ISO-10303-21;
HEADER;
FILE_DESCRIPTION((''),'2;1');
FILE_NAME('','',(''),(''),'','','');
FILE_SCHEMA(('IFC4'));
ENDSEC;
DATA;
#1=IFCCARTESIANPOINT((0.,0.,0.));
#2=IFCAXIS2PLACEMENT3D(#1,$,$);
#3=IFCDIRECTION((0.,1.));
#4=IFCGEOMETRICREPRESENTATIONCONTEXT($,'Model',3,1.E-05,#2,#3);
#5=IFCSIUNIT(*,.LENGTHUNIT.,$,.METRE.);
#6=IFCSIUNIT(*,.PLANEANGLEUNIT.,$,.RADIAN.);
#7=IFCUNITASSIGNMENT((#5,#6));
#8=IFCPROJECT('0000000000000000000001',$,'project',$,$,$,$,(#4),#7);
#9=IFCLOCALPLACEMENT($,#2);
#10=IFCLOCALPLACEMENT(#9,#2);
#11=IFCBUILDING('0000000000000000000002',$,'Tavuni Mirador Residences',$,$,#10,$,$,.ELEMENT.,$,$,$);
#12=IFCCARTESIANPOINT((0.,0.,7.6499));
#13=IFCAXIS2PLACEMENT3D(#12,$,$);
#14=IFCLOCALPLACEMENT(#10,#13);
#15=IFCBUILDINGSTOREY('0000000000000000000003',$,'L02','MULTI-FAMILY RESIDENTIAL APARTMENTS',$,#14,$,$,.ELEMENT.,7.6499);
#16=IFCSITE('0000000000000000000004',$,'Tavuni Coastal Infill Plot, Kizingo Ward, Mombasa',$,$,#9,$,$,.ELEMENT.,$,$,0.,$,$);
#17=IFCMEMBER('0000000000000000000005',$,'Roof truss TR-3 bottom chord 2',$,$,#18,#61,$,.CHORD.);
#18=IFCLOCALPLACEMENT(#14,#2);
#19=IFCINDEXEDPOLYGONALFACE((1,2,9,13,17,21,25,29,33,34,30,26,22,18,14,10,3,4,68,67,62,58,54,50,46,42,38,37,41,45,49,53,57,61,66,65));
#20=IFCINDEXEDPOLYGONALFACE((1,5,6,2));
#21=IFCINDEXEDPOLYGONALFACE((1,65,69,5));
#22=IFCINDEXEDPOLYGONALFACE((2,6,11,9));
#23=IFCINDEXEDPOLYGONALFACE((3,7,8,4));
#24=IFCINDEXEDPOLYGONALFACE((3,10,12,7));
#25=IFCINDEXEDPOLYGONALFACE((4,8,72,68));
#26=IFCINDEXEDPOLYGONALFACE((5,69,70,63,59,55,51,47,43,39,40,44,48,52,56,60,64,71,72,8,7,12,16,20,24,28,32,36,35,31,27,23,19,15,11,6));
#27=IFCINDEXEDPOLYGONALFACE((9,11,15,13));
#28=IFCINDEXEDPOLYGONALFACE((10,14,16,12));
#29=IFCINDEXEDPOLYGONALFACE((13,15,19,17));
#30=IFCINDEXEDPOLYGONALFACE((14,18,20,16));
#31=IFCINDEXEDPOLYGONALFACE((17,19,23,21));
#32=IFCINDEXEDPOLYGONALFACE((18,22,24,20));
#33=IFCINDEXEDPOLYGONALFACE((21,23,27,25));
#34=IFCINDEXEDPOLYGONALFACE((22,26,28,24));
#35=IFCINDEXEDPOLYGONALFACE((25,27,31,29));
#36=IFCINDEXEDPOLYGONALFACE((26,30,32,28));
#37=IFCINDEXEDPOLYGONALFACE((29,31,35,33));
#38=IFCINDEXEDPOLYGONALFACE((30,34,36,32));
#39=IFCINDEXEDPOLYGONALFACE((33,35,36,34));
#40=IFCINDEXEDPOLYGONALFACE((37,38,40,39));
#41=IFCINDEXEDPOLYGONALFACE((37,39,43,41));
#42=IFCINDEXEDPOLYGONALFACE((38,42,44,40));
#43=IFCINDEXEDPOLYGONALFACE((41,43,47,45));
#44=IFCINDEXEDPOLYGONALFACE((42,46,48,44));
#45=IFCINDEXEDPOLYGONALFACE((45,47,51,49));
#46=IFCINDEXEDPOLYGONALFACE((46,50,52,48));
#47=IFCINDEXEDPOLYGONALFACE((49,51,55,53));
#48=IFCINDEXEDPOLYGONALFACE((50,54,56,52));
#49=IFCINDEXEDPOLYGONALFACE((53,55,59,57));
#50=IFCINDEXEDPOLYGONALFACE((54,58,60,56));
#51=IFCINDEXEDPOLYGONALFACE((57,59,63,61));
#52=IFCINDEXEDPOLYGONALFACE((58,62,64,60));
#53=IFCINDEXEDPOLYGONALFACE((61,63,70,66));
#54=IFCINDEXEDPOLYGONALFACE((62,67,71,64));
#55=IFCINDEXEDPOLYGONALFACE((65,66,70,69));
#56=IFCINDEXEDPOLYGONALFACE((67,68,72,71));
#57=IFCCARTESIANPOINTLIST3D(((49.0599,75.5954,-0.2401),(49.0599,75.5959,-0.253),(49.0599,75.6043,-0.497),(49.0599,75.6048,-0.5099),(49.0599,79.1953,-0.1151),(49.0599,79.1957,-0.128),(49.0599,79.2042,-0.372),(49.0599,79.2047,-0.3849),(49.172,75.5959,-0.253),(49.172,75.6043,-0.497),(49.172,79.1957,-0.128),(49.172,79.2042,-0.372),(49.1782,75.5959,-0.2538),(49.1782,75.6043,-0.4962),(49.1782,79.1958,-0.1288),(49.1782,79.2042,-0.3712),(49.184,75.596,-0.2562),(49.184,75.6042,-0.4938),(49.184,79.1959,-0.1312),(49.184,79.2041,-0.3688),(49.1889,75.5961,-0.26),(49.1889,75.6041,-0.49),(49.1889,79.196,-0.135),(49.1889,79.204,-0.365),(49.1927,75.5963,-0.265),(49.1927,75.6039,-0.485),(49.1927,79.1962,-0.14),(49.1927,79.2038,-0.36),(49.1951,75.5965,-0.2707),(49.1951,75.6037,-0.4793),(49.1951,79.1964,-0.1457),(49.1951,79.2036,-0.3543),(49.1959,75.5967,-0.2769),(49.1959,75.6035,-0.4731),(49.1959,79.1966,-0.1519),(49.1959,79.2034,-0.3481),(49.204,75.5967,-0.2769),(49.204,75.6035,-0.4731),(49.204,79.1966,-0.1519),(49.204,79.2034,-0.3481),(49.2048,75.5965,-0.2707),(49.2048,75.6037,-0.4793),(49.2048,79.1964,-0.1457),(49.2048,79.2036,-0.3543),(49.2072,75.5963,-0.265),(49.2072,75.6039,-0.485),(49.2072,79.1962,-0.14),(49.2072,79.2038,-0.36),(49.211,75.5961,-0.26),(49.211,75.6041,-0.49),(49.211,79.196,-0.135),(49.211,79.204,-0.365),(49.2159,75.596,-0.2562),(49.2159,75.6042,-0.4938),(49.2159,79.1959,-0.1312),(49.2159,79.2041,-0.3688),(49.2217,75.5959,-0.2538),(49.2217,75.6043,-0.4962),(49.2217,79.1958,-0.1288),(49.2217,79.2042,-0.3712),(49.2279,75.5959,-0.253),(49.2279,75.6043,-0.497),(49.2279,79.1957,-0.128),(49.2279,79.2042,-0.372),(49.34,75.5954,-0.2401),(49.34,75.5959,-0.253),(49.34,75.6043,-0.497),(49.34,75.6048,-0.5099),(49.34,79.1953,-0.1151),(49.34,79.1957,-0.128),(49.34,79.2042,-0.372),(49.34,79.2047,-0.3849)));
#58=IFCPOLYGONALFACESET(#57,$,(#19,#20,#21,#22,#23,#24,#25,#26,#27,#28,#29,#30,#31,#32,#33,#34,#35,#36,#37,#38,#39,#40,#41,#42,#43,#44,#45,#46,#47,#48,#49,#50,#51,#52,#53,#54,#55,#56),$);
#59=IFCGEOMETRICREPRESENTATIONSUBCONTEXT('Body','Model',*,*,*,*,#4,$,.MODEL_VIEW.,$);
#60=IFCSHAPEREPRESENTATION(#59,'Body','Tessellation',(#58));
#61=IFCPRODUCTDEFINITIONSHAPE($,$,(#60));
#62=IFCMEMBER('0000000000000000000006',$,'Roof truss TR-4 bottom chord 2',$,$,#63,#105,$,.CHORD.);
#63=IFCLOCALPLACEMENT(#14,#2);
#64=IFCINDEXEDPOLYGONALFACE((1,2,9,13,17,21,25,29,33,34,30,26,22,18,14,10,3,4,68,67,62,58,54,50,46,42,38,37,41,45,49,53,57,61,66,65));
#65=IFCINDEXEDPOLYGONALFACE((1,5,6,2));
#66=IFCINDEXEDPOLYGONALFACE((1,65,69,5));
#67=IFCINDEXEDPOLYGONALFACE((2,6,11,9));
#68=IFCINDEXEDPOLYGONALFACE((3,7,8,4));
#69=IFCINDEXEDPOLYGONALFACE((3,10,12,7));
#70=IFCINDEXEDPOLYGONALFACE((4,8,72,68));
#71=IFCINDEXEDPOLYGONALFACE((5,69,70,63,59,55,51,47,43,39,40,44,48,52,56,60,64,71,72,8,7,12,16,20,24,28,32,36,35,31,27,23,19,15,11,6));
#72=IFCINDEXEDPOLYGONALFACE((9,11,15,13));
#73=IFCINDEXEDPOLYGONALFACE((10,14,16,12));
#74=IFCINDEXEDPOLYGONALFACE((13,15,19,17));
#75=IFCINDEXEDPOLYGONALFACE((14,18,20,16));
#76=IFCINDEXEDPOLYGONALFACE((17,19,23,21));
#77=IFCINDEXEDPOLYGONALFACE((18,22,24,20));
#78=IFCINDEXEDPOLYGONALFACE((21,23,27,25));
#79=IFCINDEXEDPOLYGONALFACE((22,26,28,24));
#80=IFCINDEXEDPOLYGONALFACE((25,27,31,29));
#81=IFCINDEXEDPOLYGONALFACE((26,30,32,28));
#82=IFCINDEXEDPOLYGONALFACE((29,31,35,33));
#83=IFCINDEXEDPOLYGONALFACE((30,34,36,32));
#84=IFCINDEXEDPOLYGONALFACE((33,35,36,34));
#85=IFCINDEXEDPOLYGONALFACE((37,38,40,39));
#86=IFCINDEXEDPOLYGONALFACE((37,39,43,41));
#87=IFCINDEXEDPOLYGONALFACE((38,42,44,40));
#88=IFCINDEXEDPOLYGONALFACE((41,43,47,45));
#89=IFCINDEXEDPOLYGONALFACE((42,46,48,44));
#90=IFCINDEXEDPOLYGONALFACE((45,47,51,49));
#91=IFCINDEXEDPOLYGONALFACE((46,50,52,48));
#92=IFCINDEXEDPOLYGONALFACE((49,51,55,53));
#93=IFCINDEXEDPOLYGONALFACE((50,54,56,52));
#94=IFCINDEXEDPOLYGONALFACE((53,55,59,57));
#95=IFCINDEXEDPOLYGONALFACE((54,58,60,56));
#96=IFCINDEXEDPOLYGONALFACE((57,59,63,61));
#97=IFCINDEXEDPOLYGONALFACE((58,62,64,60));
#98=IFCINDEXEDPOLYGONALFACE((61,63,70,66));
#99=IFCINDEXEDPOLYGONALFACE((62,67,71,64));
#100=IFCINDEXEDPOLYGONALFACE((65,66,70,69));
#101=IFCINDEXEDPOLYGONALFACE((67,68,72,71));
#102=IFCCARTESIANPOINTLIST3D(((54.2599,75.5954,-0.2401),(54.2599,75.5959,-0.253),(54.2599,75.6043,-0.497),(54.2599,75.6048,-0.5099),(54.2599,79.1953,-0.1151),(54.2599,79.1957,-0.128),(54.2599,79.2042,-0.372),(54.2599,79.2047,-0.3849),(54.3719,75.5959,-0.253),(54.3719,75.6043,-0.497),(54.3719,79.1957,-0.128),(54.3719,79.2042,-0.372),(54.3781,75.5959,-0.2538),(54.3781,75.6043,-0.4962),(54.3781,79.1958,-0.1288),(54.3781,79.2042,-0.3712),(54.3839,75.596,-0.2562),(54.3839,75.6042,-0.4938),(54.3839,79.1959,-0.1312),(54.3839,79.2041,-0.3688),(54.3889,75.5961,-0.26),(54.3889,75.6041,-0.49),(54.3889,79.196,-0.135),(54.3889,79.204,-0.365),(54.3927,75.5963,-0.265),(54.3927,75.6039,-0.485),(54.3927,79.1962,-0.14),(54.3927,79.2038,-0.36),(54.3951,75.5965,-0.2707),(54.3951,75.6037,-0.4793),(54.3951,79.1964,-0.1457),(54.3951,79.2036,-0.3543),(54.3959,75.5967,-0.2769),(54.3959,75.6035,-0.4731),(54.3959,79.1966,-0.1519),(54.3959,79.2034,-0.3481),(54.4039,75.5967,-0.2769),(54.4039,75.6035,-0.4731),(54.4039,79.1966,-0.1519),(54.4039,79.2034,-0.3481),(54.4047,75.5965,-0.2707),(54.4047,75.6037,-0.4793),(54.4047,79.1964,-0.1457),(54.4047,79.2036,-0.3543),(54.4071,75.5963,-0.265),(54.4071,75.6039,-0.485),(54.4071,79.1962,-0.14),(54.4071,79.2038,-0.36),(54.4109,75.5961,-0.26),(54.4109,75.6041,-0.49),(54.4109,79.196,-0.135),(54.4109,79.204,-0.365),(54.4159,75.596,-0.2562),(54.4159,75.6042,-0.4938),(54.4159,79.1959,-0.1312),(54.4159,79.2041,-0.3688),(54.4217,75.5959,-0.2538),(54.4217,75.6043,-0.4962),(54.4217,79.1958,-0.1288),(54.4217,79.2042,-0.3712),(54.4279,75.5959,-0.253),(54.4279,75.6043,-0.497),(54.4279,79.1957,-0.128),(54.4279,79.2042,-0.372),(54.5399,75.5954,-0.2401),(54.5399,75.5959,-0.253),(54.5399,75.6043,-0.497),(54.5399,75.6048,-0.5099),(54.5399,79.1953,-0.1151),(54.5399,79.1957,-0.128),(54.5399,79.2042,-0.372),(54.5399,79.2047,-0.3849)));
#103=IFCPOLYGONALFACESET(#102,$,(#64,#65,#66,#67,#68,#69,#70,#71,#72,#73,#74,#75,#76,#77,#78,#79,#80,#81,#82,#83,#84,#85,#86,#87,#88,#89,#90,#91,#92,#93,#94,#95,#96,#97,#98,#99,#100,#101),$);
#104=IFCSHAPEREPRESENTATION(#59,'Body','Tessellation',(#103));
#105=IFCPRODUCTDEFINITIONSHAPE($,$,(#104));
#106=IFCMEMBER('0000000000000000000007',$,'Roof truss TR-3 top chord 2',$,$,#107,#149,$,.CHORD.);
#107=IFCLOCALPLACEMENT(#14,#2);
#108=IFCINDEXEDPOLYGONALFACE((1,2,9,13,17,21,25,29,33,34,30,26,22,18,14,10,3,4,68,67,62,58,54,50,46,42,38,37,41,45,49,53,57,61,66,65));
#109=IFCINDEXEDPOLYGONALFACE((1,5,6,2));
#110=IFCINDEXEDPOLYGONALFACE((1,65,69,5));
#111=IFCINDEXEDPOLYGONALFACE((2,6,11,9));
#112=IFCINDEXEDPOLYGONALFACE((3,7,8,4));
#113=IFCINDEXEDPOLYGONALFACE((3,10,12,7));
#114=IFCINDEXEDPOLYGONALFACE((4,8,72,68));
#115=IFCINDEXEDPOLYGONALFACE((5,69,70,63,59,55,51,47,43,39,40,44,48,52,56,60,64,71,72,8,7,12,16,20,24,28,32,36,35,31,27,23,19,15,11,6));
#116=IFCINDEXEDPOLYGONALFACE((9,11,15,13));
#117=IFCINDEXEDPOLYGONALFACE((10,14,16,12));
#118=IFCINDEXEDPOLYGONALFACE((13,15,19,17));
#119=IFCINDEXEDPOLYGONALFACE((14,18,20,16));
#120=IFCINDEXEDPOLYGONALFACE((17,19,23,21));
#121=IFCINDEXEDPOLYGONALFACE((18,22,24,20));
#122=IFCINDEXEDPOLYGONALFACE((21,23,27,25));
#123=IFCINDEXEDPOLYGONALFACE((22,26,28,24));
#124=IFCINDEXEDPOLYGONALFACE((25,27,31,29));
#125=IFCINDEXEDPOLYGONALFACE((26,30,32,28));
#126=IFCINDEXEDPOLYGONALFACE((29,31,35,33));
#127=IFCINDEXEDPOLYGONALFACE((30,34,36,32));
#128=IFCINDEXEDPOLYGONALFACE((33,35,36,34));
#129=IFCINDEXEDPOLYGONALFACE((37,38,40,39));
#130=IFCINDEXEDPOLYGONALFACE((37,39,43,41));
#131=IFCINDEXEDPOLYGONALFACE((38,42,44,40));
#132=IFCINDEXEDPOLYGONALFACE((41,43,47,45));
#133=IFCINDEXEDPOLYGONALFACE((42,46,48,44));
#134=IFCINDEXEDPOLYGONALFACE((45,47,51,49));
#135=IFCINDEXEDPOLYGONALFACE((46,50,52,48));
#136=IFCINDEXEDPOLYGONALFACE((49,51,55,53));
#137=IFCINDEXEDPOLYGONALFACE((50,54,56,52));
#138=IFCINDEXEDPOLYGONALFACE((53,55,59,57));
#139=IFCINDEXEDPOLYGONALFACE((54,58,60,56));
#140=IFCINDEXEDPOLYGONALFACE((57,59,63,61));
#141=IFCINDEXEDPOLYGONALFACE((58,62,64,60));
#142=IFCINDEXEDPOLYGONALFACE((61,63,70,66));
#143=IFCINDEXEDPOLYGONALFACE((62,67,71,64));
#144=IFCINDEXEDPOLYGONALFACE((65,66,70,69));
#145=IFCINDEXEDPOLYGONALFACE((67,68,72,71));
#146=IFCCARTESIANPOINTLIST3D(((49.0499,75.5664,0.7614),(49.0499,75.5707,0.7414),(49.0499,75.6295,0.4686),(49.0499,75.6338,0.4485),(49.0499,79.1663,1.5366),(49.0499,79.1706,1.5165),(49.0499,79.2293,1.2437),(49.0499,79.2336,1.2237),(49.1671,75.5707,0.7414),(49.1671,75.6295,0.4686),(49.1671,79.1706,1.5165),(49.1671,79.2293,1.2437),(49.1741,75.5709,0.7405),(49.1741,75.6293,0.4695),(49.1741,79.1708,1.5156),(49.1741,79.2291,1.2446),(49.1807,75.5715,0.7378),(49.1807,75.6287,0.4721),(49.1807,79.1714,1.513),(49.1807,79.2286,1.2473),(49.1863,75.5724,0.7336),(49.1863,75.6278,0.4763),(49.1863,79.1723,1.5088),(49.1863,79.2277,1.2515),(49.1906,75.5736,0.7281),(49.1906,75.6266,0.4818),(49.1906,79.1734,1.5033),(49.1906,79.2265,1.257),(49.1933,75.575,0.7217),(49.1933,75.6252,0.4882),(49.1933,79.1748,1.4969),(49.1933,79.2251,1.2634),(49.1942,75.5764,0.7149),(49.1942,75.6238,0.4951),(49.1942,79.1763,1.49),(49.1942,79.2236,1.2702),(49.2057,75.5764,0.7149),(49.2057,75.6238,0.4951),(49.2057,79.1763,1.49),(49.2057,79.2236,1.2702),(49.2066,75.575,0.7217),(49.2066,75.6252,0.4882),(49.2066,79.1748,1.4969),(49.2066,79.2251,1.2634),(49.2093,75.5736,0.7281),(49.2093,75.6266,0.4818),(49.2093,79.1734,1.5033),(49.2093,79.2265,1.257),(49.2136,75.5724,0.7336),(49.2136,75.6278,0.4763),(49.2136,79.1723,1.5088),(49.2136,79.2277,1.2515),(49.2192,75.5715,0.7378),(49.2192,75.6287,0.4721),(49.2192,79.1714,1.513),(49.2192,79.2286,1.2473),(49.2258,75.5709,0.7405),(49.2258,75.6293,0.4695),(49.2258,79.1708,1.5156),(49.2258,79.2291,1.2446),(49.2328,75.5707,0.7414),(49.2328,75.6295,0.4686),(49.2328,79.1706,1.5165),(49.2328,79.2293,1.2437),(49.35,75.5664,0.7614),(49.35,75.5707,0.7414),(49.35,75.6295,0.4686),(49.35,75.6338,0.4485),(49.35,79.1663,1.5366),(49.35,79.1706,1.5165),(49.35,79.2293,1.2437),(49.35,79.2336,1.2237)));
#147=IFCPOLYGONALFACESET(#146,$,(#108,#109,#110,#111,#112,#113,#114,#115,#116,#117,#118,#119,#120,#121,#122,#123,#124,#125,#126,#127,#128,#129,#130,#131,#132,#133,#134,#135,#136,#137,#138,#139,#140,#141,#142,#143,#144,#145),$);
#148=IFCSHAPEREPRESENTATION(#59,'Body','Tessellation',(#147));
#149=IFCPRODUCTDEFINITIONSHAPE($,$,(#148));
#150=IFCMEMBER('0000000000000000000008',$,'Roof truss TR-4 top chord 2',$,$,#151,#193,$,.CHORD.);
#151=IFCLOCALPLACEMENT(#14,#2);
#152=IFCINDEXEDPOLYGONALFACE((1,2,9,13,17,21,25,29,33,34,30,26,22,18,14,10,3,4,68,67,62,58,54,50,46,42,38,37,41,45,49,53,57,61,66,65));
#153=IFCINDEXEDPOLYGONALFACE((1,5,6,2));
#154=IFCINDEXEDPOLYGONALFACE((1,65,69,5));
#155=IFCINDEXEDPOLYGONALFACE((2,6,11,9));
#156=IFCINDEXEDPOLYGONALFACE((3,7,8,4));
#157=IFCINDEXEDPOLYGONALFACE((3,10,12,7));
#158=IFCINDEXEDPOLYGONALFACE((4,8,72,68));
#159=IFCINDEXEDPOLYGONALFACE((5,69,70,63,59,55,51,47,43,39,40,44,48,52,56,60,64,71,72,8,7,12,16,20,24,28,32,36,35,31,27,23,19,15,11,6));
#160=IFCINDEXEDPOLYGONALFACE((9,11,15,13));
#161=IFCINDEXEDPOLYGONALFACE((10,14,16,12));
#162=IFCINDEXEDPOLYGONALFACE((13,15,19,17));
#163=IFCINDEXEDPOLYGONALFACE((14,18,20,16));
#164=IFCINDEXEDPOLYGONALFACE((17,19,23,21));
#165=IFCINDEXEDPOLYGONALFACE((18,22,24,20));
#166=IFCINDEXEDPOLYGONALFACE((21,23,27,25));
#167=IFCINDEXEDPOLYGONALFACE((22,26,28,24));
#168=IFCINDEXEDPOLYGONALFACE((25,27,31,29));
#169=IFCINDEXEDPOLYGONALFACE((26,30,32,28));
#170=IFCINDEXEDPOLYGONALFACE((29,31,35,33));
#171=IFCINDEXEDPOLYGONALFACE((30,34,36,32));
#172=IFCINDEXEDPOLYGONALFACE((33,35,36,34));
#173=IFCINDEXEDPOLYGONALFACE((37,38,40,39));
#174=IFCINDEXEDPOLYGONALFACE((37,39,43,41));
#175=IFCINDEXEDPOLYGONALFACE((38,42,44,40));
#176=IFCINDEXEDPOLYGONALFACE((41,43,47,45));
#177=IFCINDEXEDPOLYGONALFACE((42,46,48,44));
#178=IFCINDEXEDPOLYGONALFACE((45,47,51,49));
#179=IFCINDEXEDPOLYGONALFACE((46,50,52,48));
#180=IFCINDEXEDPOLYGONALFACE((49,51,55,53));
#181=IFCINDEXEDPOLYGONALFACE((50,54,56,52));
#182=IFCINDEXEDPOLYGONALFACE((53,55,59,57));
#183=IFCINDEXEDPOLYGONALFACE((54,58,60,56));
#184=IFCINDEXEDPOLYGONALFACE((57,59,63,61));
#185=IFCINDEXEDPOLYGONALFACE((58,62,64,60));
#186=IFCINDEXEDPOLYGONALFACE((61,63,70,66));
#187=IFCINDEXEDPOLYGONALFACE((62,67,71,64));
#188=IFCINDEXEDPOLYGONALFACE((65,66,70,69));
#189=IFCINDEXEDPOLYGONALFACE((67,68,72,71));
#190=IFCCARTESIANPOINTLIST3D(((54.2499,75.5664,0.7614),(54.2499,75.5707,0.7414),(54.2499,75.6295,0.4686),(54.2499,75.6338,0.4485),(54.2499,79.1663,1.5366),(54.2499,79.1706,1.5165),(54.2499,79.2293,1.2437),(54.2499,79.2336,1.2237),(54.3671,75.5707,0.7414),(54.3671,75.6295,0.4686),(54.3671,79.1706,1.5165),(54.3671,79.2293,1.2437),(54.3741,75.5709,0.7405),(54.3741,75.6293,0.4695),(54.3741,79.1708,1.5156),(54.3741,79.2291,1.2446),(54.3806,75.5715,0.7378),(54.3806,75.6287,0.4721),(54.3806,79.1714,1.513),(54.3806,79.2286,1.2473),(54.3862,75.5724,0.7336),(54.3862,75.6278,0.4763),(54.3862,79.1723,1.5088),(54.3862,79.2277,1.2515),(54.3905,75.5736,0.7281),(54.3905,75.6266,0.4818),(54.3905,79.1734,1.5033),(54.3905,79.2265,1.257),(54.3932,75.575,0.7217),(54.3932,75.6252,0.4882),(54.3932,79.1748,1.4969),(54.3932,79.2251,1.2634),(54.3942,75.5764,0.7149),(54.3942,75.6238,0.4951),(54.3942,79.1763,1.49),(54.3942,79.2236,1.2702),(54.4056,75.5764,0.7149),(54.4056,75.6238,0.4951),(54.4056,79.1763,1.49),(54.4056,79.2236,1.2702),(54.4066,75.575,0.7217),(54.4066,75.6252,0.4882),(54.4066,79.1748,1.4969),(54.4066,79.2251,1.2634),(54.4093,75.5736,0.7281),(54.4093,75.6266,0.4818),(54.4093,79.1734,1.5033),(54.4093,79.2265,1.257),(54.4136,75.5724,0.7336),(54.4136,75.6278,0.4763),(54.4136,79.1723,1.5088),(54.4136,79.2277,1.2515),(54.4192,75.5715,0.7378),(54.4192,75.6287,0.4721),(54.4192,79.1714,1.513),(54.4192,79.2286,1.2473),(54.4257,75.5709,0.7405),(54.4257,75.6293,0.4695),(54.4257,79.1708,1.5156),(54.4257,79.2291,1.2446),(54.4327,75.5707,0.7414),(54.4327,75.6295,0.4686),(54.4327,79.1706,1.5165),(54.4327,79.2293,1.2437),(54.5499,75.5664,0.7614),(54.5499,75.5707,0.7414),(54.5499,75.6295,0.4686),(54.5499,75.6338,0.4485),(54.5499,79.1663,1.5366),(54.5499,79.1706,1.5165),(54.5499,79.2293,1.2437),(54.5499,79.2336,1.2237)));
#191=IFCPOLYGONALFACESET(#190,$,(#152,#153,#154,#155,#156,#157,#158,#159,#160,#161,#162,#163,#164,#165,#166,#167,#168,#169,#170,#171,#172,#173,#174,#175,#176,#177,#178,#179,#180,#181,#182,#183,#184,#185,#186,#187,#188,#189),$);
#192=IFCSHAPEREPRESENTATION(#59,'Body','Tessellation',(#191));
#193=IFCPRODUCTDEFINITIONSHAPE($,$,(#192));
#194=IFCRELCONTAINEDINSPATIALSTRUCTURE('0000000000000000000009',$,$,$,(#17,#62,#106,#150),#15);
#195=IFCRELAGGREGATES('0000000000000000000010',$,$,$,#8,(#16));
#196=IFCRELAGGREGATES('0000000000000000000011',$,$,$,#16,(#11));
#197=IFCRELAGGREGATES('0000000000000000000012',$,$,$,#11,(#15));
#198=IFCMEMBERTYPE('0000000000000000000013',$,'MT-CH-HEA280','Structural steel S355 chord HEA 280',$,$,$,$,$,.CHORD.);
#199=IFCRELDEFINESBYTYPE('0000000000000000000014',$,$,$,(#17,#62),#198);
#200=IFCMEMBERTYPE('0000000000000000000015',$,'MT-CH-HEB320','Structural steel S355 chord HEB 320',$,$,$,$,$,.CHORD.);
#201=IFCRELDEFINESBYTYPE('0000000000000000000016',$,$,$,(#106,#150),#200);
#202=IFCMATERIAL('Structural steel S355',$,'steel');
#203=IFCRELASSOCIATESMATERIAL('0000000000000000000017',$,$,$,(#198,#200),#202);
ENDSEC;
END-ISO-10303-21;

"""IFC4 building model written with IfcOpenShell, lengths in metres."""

from ifc_helpers import new_model, si_unit, direction, frame, origin, origin_2d, place, context, subcontext, project, spatial, i_section, extrude, material, material_profile, profile_set, type_object, element, save


model = new_model("IFC4")

# Units and contexts
model_context = context("Model", 3, precision=1e-05, world=origin(), true_north=direction((0.0, 1.0)))
body_context = subcontext(model_context, "Body", "Model", "MODEL_VIEW")
ifc_project = project(units=[si_unit("LENGTHUNIT", "METRE"), si_unit("PLANEANGLEUNIT", "RADIAN")], contexts=[model_context])

# Site, building, storey
site_placement = place(None, origin())
site = spatial("IfcSite", under=ifc_project, at=site_placement, Name="Tavuni Coastal Infill Plot, Kizingo Ward, Mombasa", CompositionType="ELEMENT", RefElevation=0.0)
building_placement = place(site_placement, origin())
building = spatial("IfcBuilding", under=site, at=building_placement, Name="Tavuni Mirador Residences", CompositionType="ELEMENT")
storey_placement = place(building_placement, frame((0.0, 0.0, 7.6499)))
storey = spatial("IfcBuildingStorey", under=building, at=storey_placement, Name="L02", Description="MULTI-FAMILY RESIDENTIAL APARTMENTS", CompositionType="ELEMENT", Elevation=7.6499)

# Members
ifc_material_1 = material(Name="Structural steel S355", Category="steel")
ifc_material_profile_1 = material_profile(ifc_material_1, i_section(OverallWidth=0.28, OverallDepth=0.27, WebThickness=0.0081, FlangeThickness=0.0129, FilletRadius=0.0239, at=origin_2d()), Name="HEA 280", Category="steel")
ifc_profile_set_1 = profile_set([ifc_material_profile_1], Name="Structural steel S355")
member_type_1 = type_object("IfcMemberType", Name="MT-CH-HEA280", Description="Structural steel S355 chord HEA 280", PredefinedType="CHORD", material=ifc_profile_set_1)
for number, where, z_axis, x_axis, name in (
    (1, (49.2, 75.6001, -0.375), (0.0, 0.999398, 0.034703), (-1.0, 0.0, 0.0), "Roof truss TR-3 bottom chord 2"),
    (2, (54.3999, 75.6001, -0.375), (0.0, 0.999398, 0.034703), (-1.0, 0.0, 0.0), "Roof truss TR-4 bottom chord 2"),
):
    element("IfcMember", number, at=place(storey_placement, frame(where, z_axis=z_axis, x_axis=x_axis)), inside=storey, type_object=member_type_1, Name=name, PredefinedType="CHORD", context=body_context, shape_type="SweptSolid", body=[
        extrude(i_section(OverallWidth=0.28, OverallDepth=0.27, WebThickness=0.0081, FlangeThickness=0.0129, FilletRadius=0.0239, at=origin_2d()), origin(), (0.0, 0.0, 1.0), 3.6021),
    ])
ifc_material_profile_2 = material_profile(ifc_material_1, i_section(OverallWidth=0.3, OverallDepth=0.3201, WebThickness=0.0115, FlangeThickness=0.0205, FilletRadius=0.0271, at=origin_2d()), Name="HEB 320", Category="steel")
ifc_profile_set_2 = profile_set([ifc_material_profile_2], Name="Structural steel S355")
member_type_2 = type_object("IfcMemberType", Name="MT-CH-HEB320", Description="Structural steel S355 chord HEB 320", PredefinedType="CHORD", material=ifc_profile_set_2)
for number, where, z_axis, x_axis, name in (
    (3, (49.2, 75.6001, 0.605), (0.0, 0.977593, 0.210502), (-1.0, 0.0, 0.0), "Roof truss TR-3 top chord 2"),
    (4, (54.3999, 75.6001, 0.605), (0.0, 0.977593, 0.210502), (-1.0, 0.0, 0.0), "Roof truss TR-4 top chord 2"),
):
    element("IfcMember", number, at=place(storey_placement, frame(where, z_axis=z_axis, x_axis=x_axis)), inside=storey, type_object=member_type_2, Name=name, PredefinedType="CHORD", context=body_context, shape_type="SweptSolid", body=[
        extrude(i_section(OverallWidth=0.3, OverallDepth=0.3201, WebThickness=0.0115, FlangeThickness=0.0205, FilletRadius=0.0271, at=origin_2d()), origin(), (0.0, 0.0, 1.0), 3.6824),
    ])

save(model, "model.ifc")
